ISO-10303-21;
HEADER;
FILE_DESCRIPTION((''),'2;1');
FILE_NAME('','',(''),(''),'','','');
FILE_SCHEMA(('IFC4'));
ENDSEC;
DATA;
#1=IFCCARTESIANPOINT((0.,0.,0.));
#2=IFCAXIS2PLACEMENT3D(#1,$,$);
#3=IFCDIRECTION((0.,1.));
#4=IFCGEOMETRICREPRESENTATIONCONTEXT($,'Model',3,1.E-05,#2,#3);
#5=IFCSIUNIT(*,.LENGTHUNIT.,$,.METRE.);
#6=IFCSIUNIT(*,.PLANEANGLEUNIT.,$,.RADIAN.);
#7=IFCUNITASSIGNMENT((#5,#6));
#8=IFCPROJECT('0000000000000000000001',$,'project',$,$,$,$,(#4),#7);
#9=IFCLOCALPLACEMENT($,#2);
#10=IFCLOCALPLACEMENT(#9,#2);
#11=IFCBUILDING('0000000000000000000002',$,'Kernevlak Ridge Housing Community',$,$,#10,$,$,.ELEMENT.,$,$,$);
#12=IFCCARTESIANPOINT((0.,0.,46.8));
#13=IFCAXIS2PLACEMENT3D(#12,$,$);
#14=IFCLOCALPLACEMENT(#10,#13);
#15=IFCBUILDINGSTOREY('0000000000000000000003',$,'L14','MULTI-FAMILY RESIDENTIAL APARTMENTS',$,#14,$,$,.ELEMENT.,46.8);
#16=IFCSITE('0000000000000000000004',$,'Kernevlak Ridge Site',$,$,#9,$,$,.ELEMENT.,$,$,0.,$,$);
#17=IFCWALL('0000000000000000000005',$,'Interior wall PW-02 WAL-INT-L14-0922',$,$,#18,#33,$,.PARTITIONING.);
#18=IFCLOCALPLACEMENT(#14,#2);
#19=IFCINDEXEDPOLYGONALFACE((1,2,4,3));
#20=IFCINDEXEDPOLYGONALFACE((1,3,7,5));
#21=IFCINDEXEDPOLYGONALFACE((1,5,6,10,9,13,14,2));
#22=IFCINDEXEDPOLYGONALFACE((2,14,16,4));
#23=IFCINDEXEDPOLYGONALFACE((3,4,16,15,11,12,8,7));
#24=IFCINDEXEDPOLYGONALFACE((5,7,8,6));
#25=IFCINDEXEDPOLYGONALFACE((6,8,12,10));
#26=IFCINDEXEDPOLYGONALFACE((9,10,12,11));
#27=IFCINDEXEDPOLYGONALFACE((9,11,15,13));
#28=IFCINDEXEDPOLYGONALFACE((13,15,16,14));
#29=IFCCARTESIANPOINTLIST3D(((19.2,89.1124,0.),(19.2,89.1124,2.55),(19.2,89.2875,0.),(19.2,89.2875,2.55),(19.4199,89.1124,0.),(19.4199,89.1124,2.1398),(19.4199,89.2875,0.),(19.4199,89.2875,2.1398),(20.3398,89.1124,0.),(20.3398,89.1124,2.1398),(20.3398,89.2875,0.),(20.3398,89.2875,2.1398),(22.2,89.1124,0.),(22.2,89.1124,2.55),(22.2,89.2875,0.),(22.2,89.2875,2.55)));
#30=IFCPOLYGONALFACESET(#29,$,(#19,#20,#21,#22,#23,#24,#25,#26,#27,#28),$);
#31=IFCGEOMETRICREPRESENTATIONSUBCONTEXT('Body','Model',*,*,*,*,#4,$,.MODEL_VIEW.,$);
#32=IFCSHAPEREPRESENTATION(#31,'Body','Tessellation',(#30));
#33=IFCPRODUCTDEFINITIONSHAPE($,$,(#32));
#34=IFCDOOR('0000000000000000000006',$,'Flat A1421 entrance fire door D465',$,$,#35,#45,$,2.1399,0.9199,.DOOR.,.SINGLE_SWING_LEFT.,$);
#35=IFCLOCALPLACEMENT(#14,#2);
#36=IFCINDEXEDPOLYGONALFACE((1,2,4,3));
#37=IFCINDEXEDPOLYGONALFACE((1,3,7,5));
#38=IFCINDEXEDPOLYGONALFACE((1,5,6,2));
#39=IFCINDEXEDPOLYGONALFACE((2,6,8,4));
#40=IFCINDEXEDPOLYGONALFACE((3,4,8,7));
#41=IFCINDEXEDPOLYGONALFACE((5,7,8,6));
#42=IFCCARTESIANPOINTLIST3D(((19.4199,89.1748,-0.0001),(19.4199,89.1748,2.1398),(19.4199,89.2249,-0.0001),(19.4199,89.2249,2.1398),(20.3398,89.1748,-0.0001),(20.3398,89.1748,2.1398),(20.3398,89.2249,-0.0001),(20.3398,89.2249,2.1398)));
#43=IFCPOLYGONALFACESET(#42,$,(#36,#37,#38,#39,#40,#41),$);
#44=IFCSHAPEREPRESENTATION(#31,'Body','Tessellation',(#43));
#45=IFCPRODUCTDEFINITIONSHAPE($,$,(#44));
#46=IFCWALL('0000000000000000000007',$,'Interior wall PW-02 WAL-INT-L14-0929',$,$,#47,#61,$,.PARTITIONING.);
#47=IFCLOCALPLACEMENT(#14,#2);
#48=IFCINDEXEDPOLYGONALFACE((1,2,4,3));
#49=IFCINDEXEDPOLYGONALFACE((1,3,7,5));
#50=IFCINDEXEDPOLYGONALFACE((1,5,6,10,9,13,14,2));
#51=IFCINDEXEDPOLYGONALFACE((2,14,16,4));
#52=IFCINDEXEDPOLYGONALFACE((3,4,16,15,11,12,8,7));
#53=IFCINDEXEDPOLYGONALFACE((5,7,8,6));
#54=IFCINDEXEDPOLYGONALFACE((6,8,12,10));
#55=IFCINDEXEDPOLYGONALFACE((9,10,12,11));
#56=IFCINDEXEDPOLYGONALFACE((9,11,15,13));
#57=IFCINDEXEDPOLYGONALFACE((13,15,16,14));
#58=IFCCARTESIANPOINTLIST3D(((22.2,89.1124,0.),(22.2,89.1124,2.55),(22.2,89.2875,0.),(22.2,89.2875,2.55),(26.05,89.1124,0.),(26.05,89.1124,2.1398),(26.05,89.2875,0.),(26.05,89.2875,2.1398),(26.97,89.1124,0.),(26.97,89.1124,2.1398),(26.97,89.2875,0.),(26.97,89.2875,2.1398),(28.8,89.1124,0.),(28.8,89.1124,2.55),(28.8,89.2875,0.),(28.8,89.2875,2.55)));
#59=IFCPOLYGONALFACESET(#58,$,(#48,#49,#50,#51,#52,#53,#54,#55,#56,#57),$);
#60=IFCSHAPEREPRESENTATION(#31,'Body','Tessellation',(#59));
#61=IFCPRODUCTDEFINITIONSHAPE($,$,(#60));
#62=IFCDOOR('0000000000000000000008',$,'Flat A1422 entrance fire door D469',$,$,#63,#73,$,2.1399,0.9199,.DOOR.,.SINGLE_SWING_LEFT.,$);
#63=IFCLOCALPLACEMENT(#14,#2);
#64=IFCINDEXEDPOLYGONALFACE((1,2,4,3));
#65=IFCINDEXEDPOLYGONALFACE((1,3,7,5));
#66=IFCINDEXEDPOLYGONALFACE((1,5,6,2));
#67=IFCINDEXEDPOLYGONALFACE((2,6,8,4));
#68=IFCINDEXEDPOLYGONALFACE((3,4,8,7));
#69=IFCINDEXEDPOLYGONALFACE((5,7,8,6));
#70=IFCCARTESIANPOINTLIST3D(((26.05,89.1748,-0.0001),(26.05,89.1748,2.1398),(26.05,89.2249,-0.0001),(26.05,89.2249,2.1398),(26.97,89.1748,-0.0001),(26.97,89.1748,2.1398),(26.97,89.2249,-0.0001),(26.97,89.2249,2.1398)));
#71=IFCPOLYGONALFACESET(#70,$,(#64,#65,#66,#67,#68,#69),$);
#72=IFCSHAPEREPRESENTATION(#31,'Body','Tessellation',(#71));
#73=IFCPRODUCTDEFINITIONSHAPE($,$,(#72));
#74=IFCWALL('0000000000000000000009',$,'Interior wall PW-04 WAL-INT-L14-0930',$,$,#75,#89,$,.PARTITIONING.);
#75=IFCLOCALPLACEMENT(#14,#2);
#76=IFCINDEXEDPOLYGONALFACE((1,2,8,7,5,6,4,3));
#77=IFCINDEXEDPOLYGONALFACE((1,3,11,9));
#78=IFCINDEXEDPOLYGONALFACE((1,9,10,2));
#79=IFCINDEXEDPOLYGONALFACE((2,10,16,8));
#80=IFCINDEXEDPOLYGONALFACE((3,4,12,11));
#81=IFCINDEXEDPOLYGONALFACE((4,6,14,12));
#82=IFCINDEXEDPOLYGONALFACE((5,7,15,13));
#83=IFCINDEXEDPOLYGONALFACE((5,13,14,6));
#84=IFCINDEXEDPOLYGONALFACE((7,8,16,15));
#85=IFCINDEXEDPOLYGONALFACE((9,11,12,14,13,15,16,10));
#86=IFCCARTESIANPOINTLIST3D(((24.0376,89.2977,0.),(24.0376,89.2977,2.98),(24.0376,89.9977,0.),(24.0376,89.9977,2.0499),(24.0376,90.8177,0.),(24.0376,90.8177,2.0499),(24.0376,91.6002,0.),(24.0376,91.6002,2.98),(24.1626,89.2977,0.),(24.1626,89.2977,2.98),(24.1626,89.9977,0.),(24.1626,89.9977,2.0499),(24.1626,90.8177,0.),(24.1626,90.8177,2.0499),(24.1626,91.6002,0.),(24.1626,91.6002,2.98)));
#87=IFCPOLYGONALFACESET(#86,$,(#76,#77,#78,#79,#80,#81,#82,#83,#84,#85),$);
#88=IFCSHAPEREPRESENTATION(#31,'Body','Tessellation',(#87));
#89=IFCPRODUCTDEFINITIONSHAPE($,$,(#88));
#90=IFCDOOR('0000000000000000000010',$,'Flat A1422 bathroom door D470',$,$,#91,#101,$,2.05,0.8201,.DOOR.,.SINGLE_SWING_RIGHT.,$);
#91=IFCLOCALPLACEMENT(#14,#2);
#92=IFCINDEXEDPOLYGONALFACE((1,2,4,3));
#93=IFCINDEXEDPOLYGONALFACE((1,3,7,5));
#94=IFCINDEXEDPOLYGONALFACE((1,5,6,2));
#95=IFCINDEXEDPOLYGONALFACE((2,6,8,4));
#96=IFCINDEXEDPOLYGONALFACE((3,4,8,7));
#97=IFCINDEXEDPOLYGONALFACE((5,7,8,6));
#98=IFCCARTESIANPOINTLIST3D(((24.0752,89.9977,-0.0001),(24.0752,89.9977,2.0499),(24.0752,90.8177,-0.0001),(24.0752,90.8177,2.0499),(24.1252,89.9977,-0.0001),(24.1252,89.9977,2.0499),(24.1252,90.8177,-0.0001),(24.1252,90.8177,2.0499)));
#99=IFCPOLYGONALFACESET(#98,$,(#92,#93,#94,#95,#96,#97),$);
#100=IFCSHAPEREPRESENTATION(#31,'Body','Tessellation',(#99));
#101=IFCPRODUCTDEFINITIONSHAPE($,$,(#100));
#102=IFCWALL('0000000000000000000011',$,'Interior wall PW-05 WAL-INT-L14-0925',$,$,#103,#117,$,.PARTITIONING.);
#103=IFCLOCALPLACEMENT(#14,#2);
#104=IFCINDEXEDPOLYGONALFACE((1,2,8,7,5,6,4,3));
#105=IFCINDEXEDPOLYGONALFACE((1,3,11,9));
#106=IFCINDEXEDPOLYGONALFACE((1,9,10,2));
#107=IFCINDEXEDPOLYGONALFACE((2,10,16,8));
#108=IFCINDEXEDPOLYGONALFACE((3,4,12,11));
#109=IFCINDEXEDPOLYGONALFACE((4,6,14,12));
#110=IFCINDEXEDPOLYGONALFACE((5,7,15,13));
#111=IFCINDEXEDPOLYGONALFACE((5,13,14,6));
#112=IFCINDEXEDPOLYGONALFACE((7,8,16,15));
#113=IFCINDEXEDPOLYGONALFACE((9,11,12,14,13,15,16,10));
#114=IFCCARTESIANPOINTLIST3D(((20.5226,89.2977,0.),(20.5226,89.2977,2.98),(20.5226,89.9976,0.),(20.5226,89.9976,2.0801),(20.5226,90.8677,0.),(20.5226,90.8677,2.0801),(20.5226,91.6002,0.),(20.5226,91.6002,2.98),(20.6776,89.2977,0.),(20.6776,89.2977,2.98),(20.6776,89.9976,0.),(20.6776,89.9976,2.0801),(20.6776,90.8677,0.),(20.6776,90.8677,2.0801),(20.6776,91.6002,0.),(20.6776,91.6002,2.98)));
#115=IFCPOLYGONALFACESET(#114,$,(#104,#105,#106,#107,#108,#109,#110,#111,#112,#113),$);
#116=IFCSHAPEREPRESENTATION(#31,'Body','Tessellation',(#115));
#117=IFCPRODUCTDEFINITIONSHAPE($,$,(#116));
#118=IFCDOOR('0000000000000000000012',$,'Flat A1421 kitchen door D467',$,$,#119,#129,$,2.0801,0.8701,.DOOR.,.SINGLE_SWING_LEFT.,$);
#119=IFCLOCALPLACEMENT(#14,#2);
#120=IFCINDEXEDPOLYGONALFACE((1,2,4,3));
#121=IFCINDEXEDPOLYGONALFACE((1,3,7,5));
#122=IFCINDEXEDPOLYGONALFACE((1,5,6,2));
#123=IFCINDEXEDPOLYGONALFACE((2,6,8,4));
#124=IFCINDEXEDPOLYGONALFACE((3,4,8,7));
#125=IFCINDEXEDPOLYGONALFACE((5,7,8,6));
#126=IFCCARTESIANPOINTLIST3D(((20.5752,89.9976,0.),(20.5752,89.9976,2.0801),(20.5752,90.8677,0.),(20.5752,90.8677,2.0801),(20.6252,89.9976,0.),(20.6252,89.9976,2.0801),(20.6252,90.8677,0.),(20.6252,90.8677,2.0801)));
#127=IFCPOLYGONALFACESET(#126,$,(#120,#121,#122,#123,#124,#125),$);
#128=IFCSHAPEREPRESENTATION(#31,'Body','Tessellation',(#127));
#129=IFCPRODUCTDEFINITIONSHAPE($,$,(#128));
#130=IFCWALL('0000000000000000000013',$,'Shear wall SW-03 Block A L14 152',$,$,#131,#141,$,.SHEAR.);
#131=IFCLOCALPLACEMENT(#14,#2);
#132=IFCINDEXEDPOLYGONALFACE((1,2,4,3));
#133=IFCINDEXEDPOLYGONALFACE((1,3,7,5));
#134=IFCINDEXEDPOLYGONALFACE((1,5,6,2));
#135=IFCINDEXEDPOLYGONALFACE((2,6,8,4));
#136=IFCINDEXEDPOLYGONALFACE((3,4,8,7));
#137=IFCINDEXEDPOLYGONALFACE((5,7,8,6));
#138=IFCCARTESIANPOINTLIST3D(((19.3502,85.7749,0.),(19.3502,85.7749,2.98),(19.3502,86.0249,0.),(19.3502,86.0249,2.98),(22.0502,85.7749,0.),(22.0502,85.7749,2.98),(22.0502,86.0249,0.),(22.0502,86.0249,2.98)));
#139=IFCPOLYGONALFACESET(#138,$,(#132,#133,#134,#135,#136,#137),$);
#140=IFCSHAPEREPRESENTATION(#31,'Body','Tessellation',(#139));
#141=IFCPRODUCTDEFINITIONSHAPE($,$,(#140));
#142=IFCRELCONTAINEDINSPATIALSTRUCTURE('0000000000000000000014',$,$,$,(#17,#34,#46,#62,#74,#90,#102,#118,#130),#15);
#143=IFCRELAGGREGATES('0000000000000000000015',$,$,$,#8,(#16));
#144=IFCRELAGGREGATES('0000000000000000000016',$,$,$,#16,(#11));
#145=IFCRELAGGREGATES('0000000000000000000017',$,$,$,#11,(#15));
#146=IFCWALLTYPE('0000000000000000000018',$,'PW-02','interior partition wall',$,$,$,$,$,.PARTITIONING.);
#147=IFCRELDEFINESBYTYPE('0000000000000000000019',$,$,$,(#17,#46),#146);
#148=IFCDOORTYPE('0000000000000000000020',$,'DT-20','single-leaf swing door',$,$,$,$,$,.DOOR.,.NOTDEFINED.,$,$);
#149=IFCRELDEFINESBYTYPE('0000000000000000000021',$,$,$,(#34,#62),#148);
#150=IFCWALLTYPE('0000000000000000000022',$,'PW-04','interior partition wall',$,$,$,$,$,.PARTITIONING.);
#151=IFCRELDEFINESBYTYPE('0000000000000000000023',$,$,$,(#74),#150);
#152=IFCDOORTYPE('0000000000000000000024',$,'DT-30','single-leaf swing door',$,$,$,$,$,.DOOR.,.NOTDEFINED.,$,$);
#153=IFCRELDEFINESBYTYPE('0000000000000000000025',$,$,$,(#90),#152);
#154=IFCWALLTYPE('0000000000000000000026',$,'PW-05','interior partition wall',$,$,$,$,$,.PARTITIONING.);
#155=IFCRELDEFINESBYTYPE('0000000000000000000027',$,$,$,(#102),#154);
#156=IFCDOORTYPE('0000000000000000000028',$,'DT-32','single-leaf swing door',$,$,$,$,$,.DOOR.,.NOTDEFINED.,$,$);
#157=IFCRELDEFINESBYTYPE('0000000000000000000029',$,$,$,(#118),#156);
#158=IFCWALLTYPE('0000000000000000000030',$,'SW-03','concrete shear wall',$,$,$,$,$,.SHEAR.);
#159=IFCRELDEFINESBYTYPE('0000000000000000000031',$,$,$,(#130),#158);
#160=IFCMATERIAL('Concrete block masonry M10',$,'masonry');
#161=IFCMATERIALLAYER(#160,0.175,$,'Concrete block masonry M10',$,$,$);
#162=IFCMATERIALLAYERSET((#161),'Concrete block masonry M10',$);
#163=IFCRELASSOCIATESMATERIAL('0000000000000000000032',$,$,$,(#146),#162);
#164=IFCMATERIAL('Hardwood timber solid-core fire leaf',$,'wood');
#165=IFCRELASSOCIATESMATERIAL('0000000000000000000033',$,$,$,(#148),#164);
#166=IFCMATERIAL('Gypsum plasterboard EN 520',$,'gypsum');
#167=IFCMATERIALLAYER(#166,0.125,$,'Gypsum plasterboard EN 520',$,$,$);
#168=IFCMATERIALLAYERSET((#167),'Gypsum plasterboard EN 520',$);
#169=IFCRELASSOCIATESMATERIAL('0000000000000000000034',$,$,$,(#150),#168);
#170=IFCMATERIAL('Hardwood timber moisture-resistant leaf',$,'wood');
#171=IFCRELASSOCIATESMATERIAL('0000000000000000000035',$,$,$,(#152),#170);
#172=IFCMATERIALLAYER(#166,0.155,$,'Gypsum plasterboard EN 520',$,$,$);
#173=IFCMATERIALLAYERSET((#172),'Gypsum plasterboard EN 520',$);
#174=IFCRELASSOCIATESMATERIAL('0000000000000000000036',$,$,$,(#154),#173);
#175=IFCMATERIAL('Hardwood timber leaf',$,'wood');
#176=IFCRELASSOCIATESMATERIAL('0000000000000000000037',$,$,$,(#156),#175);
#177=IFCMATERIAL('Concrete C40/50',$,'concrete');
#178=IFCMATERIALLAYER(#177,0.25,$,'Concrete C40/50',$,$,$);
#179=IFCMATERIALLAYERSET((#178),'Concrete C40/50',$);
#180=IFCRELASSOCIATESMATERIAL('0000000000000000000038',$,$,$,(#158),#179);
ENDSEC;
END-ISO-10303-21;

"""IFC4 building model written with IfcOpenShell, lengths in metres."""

from ifc_helpers import new_model, si_unit, direction, frame, frame_2d, origin, place, context, subcontext, project, spatial, rectangle, extrude, material, layer, layer_set, type_object, element, fill, save


model = new_model("IFC4")

# Units and contexts
model_context = context("Model", 3, precision=1e-05, world=origin(), true_north=direction((0.0, 1.0)))
body_context = subcontext(model_context, "Body", "Model", "MODEL_VIEW")
ifc_project = project(units=[si_unit("LENGTHUNIT", "METRE"), si_unit("PLANEANGLEUNIT", "RADIAN")], contexts=[model_context])

# Site, building, storey
site_placement = place(None, origin())
site = spatial("IfcSite", under=ifc_project, at=site_placement, Name="Kernevlak Ridge Site", CompositionType="ELEMENT", RefElevation=0.0)
building_placement = place(site_placement, origin())
building = spatial("IfcBuilding", under=site, at=building_placement, Name="Kernevlak Ridge Housing Community", CompositionType="ELEMENT")
storey_placement = place(building_placement, frame((0.0, 0.0, 46.8)))
storey = spatial("IfcBuildingStorey", under=building, at=storey_placement, Name="L14", Description="MULTI-FAMILY RESIDENTIAL APARTMENTS", CompositionType="ELEMENT", Elevation=46.8)

# Shared definitions
ifc_material_1 = material(Name="Concrete block masonry M10", Category="masonry")
ifc_layer_1 = layer(ifc_material_1, 0.175, Name="Concrete block masonry M10")
ifc_layer_set_1 = layer_set([ifc_layer_1], Name="Concrete block masonry M10")
wall_type_1 = type_object("IfcWallType", Name="PW-02", Description="interior partition wall", PredefinedType="PARTITIONING", material=ifc_layer_set_1)

# Walls, openings, doors
wall_1_placement = place(storey_placement, frame((19.2, 89.2, 0.0), z_axis=(0.0, 0.0, 1.0), x_axis=(1.0, 0.0, 0.0)))
wall_1 = element("IfcWall", 1, at=wall_1_placement, inside=storey, type_object=wall_type_1, Name="Interior wall PW-02 WAL-INT-L14-0922", PredefinedType="PARTITIONING", context=body_context, shape_type="SweptSolid", body=[
    extrude(rectangle(XDim=3.0, YDim=0.175, at=frame_2d((1.5, 0.0))), origin(), (0.0, 0.0, 1.0), 2.55),
])
opening_1_placement = place(wall_1_placement, frame((0.22, 0.0, 0.0)))
opening_1 = element("IfcOpeningElement", 2, at=opening_1_placement, cuts=wall_1, PredefinedType="OPENING", context=body_context, shape_type="SweptSolid", body=[
    extrude(rectangle(XDim=0.9199, YDim=2.1399, at=frame_2d((0.46, 1.0698))), frame((0.0, 0.0974, 0.0), z_axis=(0.0, -1.0, 0.0), x_axis=(1.0, 0.0, 0.0)), (0.0, 0.0, 1.0), 0.1951),
])
ifc_material_2 = material(Name="Hardwood timber solid-core fire leaf", Category="wood")
door_type_1 = type_object("IfcDoorType", Name="DT-20", Description="single-leaf swing door", OperationType="NOTDEFINED", PredefinedType="DOOR", material=ifc_material_2)
door_1_placement = place(opening_1_placement, origin())
door_1 = element("IfcDoor", 3, at=door_1_placement, inside=storey, type_object=door_type_1, Name="Flat A1421 entrance fire door D465", OperationType="SINGLE_SWING_LEFT", OverallHeight=2.1399, OverallWidth=0.9199, PredefinedType="DOOR", context=body_context, shape_type="SweptSolid", body=[
    extrude(rectangle(XDim=0.9199, YDim=2.1399, at=frame_2d((0.46, 1.0698))), frame((0.0, 0.0249, 0.0), z_axis=(0.0, -1.0, 0.0), x_axis=(1.0, 0.0, 0.0)), (0.0, 0.0, 1.0), 0.05),
])
fill(opening_1, door_1)
wall_2_placement = place(storey_placement, frame((22.2, 89.2, 0.0), z_axis=(0.0, 0.0, 1.0), x_axis=(1.0, 0.0, 0.0)))
wall_2 = element("IfcWall", 4, at=wall_2_placement, inside=storey, type_object=wall_type_1, Name="Interior wall PW-02 WAL-INT-L14-0929", PredefinedType="PARTITIONING", context=body_context, shape_type="SweptSolid", body=[
    extrude(rectangle(XDim=6.6001, YDim=0.175, at=frame_2d((3.3, 0.0))), origin(), (0.0, 0.0, 1.0), 2.55),
])
opening_2_placement = place(wall_2_placement, frame((3.8501, 0.0, 0.0)))
opening_2 = element("IfcOpeningElement", 5, at=opening_2_placement, cuts=wall_2, PredefinedType="OPENING", context=body_context, shape_type="SweptSolid", body=[
    extrude(rectangle(XDim=0.9199, YDim=2.1399, at=frame_2d((0.46, 1.0698))), frame((0.0, 0.0974, 0.0), z_axis=(0.0, -1.0, 0.0), x_axis=(1.0, 0.0, 0.0)), (0.0, 0.0, 1.0), 0.1951),
])
door_2_placement = place(opening_2_placement, origin())
door_2 = element("IfcDoor", 6, at=door_2_placement, inside=storey, type_object=door_type_1, Name="Flat A1422 entrance fire door D469", OperationType="SINGLE_SWING_LEFT", OverallHeight=2.1399, OverallWidth=0.9199, PredefinedType="DOOR", context=body_context, shape_type="SweptSolid", body=[
    extrude(rectangle(XDim=0.9199, YDim=2.1399, at=frame_2d((0.46, 1.0698))), frame((0.0, 0.0249, 0.0), z_axis=(0.0, -1.0, 0.0), x_axis=(1.0, 0.0, 0.0)), (0.0, 0.0, 1.0), 0.05),
])
fill(opening_2, door_2)
ifc_material_3 = material(Name="Gypsum plasterboard EN 520", Category="gypsum")
ifc_layer_2 = layer(ifc_material_3, 0.125, Name="Gypsum plasterboard EN 520")
ifc_layer_set_2 = layer_set([ifc_layer_2], Name="Gypsum plasterboard EN 520")
wall_type_2 = type_object("IfcWallType", Name="PW-04", Description="interior partition wall", PredefinedType="PARTITIONING", material=ifc_layer_set_2)
wall_3_placement = place(storey_placement, frame((24.1001, 89.2976, 0.0), z_axis=(0.0, 0.0, 1.0), x_axis=(0.0, 1.0, 0.0)))
wall_3 = element("IfcWall", 7, at=wall_3_placement, inside=storey, type_object=wall_type_2, Name="Interior wall PW-04 WAL-INT-L14-0930", PredefinedType="PARTITIONING", context=body_context, shape_type="SweptSolid", body=[
    extrude(rectangle(XDim=2.3025, YDim=0.125, at=frame_2d((1.1514, 0.0))), origin(), (0.0, 0.0, 1.0), 2.98),
])
opening_3_placement = place(wall_3_placement, frame((0.7, 0.0, 0.0)))
opening_3 = element("IfcOpeningElement", 8, at=opening_3_placement, cuts=wall_3, PredefinedType="OPENING", context=body_context, shape_type="SweptSolid", body=[
    extrude(rectangle(XDim=0.8201, YDim=2.05, at=frame_2d((0.4102, 1.0249))), frame((0.0, 0.0725, 0.0), z_axis=(0.0, -1.0, 0.0), x_axis=(1.0, 0.0, 0.0)), (0.0, 0.0, 1.0), 0.145),
])
ifc_material_4 = material(Name="Hardwood timber moisture-resistant leaf", Category="wood")
door_type_2 = type_object("IfcDoorType", Name="DT-30", Description="single-leaf swing door", OperationType="NOTDEFINED", PredefinedType="DOOR", material=ifc_material_4)
door_3_placement = place(opening_3_placement, origin())
door_3 = element("IfcDoor", 9, at=door_3_placement, inside=storey, type_object=door_type_2, Name="Flat A1422 bathroom door D470", OperationType="SINGLE_SWING_RIGHT", OverallHeight=2.05, OverallWidth=0.8201, PredefinedType="DOOR", context=body_context, shape_type="SweptSolid", body=[
    extrude(rectangle(XDim=0.8201, YDim=2.05, at=frame_2d((0.4102, 1.0249))), frame((0.0, 0.0249, 0.0), z_axis=(0.0, -1.0, 0.0), x_axis=(1.0, 0.0, 0.0)), (0.0, 0.0, 1.0), 0.05),
])
fill(opening_3, door_3)
ifc_layer_3 = layer(ifc_material_3, 0.155, Name="Gypsum plasterboard EN 520")
ifc_layer_set_3 = layer_set([ifc_layer_3], Name="Gypsum plasterboard EN 520")
wall_type_3 = type_object("IfcWallType", Name="PW-05", Description="interior partition wall", PredefinedType="PARTITIONING", material=ifc_layer_set_3)
wall_4_placement = place(storey_placement, frame((20.6001, 89.2976, 0.0), z_axis=(0.0, 0.0, 1.0), x_axis=(0.0, 1.0, 0.0)))
wall_4 = element("IfcWall", 10, at=wall_4_placement, inside=storey, type_object=wall_type_3, Name="Interior wall PW-05 WAL-INT-L14-0925", PredefinedType="PARTITIONING", context=body_context, shape_type="SweptSolid", body=[
    extrude(rectangle(XDim=2.3025, YDim=0.155, at=frame_2d((1.1514, 0.0))), origin(), (0.0, 0.0, 1.0), 2.98),
])
opening_4_placement = place(wall_4_placement, frame((0.7, 0.0, 0.0)))
opening_4 = element("IfcOpeningElement", 11, at=opening_4_placement, cuts=wall_4, PredefinedType="OPENING", context=body_context, shape_type="SweptSolid", body=[
    extrude(rectangle(XDim=0.8701, YDim=2.0801, at=frame_2d((0.4351, 1.04))), frame((0.0, 0.0874, 0.0), z_axis=(0.0, -1.0, 0.0), x_axis=(1.0, 0.0, 0.0)), (0.0, 0.0, 1.0), 0.175),
])
ifc_material_5 = material(Name="Hardwood timber leaf", Category="wood")
door_type_3 = type_object("IfcDoorType", Name="DT-32", Description="single-leaf swing door", OperationType="NOTDEFINED", PredefinedType="DOOR", material=ifc_material_5)
door_4_placement = place(opening_4_placement, origin())
door_4 = element("IfcDoor", 12, at=door_4_placement, inside=storey, type_object=door_type_3, Name="Flat A1421 kitchen door D467", OperationType="SINGLE_SWING_LEFT", OverallHeight=2.0801, OverallWidth=0.8701, PredefinedType="DOOR", context=body_context, shape_type="SweptSolid", body=[
    extrude(rectangle(XDim=0.8701, YDim=2.0801, at=frame_2d((0.4351, 1.04))), frame((0.0, 0.0249, 0.0), z_axis=(0.0, -1.0, 0.0), x_axis=(1.0, 0.0, 0.0)), (0.0, 0.0, 1.0), 0.05),
])
fill(opening_4, door_4)

# Wall
ifc_material_6 = material(Name="Concrete C40/50", Category="concrete")
ifc_layer_4 = layer(ifc_material_6, 0.25, Name="Concrete C40/50")
ifc_layer_set_4 = layer_set([ifc_layer_4], Name="Concrete C40/50")
wall_type_4 = type_object("IfcWallType", Name="SW-03", Description="concrete shear wall", PredefinedType="SHEAR", material=ifc_layer_set_4)
wall_5_placement = place(storey_placement, frame((19.3501, 85.8999, 0.0), z_axis=(0.0, 0.0, 1.0), x_axis=(1.0, 0.0, 0.0)))
element("IfcWall", 13, at=wall_5_placement, inside=storey, type_object=wall_type_4, Name="Shear wall SW-03 Block A L14 152", PredefinedType="SHEAR", context=body_context, shape_type="SweptSolid", body=[
    extrude(rectangle(XDim=2.7, YDim=0.25, at=frame_2d((1.3501, 0.0))), origin(), (0.0, 0.0, 1.0), 2.98),
])

save(model, "model.ifc")
